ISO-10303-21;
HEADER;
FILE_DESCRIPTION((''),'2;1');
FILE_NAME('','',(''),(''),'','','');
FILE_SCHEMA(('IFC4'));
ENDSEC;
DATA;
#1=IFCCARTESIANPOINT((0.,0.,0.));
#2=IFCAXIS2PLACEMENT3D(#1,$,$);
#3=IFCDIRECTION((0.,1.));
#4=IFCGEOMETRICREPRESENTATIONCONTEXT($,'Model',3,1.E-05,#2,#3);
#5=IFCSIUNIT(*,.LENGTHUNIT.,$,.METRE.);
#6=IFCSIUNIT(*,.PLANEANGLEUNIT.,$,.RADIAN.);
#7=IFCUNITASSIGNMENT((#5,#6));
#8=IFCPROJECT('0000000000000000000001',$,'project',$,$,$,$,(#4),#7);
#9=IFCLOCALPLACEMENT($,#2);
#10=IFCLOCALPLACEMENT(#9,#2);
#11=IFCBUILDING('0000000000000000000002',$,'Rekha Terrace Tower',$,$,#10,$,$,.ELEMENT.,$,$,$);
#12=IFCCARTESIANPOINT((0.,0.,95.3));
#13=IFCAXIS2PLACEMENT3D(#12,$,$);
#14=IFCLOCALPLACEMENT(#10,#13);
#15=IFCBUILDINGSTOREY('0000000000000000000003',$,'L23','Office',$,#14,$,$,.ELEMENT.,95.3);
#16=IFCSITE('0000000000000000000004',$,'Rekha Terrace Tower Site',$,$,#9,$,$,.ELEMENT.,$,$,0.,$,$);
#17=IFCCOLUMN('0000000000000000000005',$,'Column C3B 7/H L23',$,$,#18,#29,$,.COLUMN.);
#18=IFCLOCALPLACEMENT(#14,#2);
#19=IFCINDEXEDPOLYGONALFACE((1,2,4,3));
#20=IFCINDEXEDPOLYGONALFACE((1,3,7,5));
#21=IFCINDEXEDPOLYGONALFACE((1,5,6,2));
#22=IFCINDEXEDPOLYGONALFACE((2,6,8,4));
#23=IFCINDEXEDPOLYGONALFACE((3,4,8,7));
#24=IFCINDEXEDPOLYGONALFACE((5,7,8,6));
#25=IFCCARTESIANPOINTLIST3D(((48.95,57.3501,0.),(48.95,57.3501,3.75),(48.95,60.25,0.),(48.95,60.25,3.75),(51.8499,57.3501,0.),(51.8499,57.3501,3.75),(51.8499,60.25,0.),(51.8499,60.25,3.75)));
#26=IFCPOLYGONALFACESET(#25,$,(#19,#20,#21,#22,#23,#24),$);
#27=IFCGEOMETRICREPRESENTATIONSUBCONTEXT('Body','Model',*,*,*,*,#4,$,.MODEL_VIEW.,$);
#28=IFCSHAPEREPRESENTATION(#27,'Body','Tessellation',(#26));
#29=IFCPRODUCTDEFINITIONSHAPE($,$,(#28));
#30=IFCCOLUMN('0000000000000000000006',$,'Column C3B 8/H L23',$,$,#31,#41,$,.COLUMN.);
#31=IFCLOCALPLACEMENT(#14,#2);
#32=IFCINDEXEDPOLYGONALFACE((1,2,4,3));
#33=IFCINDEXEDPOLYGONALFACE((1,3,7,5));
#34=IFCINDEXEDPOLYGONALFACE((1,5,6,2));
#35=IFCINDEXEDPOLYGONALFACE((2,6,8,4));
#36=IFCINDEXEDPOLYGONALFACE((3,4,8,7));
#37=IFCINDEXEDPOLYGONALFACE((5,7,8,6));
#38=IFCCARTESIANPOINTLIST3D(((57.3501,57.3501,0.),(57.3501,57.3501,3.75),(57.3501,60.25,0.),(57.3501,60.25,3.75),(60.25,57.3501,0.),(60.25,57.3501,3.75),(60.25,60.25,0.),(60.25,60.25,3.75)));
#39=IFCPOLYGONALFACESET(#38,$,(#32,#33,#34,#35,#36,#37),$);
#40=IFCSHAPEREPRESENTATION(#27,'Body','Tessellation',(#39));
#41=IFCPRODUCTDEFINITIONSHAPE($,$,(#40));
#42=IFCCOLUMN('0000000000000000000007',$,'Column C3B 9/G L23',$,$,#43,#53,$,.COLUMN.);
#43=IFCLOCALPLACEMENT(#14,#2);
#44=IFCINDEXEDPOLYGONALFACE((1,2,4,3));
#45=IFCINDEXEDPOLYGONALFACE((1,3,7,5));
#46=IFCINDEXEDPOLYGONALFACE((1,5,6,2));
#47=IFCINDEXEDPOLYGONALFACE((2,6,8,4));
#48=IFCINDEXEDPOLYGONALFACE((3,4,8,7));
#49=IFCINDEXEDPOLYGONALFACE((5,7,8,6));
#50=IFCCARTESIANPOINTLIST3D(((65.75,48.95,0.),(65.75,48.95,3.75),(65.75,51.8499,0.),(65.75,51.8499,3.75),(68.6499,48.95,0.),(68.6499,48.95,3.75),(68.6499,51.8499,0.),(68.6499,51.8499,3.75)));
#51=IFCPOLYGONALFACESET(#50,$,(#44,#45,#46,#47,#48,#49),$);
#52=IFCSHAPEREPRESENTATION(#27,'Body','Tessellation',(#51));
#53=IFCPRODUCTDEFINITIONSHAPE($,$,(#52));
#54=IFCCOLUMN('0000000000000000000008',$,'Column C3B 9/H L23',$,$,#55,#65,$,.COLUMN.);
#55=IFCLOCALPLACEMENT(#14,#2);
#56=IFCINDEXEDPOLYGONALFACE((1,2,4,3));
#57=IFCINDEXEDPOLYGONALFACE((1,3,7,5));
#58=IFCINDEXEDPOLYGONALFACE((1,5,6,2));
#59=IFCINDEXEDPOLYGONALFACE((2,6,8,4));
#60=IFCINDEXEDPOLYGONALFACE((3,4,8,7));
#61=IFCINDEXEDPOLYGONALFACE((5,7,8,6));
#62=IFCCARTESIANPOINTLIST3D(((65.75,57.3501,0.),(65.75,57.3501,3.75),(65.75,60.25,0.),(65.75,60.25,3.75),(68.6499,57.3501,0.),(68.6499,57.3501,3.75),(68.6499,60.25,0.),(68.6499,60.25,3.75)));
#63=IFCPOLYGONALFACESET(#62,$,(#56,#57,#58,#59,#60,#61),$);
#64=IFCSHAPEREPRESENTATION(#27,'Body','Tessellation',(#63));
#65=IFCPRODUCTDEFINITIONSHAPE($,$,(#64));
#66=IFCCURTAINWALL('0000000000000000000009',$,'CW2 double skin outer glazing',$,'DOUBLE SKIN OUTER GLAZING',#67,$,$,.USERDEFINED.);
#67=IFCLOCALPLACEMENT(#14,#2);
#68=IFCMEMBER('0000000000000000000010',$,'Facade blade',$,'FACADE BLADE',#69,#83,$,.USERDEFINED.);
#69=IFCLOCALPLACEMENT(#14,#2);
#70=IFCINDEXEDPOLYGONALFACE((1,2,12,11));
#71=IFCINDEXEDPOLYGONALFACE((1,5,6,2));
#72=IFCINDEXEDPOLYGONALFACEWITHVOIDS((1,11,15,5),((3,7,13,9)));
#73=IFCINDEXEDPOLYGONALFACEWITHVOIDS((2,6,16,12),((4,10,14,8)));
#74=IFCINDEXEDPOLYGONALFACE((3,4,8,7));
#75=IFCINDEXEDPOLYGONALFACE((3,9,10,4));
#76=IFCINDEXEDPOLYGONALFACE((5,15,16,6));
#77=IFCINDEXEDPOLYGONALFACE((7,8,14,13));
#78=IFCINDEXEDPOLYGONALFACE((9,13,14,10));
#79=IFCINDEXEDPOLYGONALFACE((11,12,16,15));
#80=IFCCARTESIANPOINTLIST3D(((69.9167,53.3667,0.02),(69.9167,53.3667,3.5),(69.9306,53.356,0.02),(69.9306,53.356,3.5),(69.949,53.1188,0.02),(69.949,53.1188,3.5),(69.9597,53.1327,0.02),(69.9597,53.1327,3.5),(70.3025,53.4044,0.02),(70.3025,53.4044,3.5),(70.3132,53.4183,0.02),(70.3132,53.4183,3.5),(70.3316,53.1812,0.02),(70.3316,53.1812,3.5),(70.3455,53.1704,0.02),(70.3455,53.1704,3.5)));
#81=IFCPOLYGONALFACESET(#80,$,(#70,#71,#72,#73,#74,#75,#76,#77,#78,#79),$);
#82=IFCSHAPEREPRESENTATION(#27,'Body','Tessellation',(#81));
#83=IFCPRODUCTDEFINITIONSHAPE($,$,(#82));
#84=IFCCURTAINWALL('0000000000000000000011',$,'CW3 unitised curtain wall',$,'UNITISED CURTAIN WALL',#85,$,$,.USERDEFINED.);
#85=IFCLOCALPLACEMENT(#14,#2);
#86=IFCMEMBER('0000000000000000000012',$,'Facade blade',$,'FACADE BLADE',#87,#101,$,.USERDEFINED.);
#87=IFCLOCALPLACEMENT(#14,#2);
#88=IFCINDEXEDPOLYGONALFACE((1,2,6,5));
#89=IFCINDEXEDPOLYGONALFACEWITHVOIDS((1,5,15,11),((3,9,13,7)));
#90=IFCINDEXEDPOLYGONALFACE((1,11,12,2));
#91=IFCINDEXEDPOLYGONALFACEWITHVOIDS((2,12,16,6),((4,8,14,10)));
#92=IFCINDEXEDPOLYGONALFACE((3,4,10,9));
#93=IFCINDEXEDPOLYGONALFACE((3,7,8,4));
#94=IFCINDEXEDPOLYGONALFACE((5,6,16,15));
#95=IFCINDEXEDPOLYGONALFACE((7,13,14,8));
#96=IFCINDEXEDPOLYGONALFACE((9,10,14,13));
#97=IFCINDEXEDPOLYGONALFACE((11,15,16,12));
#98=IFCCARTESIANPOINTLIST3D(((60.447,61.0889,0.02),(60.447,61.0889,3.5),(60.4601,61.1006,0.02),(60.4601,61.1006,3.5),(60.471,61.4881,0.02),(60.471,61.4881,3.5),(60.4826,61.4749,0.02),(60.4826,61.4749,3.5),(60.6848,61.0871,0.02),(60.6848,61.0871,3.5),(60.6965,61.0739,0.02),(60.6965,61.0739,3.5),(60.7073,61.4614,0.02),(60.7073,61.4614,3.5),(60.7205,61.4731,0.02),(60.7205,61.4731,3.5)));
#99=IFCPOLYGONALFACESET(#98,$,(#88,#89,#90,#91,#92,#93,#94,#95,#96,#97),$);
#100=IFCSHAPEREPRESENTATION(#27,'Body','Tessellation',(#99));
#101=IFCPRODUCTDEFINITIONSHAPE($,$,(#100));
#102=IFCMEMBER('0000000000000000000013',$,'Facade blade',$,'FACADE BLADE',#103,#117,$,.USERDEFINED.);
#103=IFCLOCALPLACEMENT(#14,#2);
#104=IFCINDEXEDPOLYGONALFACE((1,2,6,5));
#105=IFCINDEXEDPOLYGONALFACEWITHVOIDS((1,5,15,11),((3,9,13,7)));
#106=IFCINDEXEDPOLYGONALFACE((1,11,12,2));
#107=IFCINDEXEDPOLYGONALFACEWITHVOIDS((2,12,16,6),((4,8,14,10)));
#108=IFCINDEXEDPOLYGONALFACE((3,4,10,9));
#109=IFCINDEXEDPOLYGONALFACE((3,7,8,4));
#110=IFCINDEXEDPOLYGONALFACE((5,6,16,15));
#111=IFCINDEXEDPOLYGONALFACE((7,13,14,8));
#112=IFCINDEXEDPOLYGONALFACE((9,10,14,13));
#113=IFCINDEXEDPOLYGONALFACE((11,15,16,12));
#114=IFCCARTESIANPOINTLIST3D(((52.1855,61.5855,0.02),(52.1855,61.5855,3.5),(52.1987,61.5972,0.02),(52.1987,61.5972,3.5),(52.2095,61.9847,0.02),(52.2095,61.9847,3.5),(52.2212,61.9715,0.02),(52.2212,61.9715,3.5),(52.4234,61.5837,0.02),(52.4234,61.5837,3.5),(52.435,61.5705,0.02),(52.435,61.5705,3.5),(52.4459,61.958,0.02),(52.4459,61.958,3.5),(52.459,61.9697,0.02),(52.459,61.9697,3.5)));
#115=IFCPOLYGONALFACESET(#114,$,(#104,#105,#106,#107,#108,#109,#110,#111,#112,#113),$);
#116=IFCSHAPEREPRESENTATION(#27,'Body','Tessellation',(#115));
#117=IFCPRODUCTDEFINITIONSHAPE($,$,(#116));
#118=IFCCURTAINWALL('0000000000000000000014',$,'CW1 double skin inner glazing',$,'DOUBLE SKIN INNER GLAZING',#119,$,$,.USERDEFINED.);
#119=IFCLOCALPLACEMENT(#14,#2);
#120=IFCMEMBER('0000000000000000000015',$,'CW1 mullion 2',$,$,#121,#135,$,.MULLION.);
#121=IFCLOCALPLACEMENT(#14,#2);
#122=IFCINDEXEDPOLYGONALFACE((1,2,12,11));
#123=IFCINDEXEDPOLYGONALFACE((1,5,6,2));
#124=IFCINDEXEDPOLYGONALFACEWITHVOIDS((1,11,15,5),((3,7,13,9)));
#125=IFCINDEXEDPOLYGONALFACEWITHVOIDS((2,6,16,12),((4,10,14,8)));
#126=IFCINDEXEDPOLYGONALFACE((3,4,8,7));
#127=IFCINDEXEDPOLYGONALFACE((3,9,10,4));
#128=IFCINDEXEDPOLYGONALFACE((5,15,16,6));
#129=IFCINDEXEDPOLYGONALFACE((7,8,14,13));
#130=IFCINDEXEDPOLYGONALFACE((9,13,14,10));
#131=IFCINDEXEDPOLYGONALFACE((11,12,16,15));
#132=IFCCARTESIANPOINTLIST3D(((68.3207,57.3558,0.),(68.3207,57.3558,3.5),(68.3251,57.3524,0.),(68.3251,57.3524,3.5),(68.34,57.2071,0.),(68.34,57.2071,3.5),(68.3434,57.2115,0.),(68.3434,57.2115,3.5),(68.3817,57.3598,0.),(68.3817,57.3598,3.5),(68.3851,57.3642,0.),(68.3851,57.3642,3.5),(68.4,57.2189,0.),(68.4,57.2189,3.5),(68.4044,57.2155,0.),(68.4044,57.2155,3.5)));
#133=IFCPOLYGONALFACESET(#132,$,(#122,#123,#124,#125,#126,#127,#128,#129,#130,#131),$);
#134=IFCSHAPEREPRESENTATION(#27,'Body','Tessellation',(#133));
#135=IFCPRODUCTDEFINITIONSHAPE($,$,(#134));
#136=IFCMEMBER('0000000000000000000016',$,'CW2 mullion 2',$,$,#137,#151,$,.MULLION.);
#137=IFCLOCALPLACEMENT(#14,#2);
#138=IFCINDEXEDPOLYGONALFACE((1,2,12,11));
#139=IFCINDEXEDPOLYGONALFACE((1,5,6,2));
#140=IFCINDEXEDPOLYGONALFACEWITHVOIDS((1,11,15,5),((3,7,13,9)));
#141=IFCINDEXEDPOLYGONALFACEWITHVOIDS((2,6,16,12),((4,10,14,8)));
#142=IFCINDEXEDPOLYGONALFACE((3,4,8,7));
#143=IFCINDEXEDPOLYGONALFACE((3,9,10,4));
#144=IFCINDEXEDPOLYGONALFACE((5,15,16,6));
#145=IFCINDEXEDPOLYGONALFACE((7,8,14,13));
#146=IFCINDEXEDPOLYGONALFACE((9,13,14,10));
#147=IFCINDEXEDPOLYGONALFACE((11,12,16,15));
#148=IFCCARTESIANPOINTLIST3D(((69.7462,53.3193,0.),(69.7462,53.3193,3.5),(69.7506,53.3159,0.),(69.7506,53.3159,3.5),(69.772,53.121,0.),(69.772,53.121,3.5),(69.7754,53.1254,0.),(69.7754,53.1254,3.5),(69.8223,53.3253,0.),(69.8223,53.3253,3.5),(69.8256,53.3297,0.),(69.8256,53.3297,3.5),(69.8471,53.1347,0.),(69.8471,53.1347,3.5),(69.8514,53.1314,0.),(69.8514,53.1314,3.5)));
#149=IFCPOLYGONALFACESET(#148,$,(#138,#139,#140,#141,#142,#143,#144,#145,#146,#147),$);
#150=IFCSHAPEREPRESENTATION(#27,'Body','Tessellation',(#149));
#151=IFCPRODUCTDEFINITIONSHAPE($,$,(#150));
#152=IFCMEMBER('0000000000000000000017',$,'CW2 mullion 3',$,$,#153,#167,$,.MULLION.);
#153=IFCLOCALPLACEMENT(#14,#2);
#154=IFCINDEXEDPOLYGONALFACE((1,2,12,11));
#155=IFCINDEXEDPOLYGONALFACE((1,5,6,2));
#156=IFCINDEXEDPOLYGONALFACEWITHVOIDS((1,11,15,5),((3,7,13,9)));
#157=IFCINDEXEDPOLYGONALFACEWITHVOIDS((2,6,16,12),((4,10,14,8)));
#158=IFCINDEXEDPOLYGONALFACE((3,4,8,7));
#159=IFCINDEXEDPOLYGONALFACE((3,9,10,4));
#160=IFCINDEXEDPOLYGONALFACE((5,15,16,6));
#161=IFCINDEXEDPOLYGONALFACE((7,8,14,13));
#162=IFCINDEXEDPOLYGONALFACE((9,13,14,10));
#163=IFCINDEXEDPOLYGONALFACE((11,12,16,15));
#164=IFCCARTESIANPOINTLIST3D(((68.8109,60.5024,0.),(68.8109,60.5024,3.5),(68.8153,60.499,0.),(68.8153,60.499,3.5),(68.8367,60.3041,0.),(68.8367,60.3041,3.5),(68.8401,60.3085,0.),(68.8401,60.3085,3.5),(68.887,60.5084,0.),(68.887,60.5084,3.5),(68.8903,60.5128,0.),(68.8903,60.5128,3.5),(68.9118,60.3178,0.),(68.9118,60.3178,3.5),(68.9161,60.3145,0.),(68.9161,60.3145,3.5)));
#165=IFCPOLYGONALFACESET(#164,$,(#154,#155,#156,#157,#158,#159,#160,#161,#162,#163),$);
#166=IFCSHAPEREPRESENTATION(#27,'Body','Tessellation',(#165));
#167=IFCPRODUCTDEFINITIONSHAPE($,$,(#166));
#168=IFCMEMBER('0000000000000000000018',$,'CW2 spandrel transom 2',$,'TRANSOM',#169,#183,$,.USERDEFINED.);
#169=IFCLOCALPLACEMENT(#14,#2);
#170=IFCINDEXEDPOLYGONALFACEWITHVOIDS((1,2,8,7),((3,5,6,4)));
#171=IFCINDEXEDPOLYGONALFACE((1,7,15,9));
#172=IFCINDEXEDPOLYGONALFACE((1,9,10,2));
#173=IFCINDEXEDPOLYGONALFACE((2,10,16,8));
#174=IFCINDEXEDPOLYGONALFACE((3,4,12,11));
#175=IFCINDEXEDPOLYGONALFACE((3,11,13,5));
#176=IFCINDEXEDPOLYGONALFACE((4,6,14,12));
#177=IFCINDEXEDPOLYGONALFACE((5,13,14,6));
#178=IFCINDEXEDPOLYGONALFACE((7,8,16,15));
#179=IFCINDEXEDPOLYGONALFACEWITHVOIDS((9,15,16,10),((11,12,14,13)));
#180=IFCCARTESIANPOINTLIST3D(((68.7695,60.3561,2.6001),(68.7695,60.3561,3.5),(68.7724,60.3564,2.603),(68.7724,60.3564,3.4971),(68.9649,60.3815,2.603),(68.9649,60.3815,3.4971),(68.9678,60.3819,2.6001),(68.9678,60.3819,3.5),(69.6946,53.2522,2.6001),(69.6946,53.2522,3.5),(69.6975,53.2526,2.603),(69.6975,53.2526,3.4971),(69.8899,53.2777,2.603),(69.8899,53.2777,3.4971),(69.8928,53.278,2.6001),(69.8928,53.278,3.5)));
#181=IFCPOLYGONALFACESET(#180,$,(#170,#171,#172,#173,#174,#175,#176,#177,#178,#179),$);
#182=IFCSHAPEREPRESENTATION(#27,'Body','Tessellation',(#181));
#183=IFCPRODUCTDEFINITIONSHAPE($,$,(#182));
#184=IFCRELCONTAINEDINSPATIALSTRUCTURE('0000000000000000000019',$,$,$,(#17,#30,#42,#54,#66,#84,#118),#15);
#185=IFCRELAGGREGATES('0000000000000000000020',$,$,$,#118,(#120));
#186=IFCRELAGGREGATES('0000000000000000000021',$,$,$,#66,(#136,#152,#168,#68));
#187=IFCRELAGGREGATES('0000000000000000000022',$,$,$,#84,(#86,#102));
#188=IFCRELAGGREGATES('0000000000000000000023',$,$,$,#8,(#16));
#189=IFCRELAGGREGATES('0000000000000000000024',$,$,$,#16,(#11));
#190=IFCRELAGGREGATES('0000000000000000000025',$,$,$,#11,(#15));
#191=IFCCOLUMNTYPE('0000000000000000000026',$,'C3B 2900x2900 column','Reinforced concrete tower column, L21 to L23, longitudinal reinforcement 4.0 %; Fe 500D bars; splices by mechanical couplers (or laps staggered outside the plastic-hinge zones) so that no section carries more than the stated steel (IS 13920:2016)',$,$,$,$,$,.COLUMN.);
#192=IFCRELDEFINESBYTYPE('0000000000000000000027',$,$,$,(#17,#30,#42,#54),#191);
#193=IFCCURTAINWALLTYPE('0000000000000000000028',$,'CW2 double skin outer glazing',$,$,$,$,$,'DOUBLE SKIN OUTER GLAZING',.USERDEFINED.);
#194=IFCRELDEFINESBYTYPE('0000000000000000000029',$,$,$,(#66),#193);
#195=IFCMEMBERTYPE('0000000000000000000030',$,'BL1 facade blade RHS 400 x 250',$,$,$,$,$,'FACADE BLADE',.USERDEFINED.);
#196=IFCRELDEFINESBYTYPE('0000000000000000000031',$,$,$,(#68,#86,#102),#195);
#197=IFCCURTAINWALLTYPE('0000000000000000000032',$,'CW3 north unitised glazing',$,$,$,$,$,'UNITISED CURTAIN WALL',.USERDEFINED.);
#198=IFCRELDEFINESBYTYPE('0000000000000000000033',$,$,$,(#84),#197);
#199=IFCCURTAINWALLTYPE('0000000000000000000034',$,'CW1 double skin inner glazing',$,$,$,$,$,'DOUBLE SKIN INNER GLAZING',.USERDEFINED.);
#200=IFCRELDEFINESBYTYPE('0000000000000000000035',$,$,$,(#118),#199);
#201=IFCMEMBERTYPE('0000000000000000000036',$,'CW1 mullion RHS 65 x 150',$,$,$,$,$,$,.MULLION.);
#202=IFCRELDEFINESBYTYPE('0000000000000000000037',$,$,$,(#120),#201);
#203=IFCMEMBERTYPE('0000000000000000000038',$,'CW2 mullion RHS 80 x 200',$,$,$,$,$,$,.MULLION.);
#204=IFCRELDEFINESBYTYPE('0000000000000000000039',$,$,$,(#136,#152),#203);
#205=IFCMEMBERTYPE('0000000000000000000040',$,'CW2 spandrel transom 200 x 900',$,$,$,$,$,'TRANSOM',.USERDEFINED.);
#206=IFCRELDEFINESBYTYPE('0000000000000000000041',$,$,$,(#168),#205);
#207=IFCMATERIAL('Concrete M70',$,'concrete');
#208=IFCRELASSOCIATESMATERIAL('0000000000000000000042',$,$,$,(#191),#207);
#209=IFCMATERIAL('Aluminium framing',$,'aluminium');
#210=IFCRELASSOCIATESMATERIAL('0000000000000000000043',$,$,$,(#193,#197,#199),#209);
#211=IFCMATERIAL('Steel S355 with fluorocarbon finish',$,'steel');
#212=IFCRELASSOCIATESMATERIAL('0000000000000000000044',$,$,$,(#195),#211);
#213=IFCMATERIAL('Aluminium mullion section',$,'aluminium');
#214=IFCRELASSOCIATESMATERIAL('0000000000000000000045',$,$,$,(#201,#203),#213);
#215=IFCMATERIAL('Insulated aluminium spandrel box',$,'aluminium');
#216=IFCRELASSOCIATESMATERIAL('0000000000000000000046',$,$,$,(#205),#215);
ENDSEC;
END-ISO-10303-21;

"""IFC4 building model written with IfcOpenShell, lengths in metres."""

from ifc_helpers import new_model, si_unit, direction, frame, origin, origin_2d, place, context, subcontext, project, spatial, rectangle, hollow_rectangle, extrude, material, material_profile, profile_set, type_object, element, aggregate, save


model = new_model("IFC4")

# Units and contexts
model_context = context("Model", 3, precision=1e-05, world=origin(), true_north=direction((0.0, 1.0)))
body_context = subcontext(model_context, "Body", "Model", "MODEL_VIEW")
ifc_project = project(units=[si_unit("LENGTHUNIT", "METRE"), si_unit("PLANEANGLEUNIT", "RADIAN")], contexts=[model_context])

# Site, building, storey
site_placement = place(None, origin())
site = spatial("IfcSite", under=ifc_project, at=site_placement, Name="Rekha Terrace Tower Site", CompositionType="ELEMENT", RefElevation=0.0)
building_placement = place(site_placement, origin())
building = spatial("IfcBuilding", under=site, at=building_placement, Name="Rekha Terrace Tower", CompositionType="ELEMENT")
storey_placement = place(building_placement, frame((0.0, 0.0, 95.3)))
storey = spatial("IfcBuildingStorey", under=building, at=storey_placement, Name="L23", Description="Office", CompositionType="ELEMENT", Elevation=95.3)

# Columns
ifc_material_1 = material(Name="Concrete M70", Category="concrete")
ifc_material_profile_1 = material_profile(ifc_material_1, rectangle(XDim=2.8999, YDim=2.8999, at=origin_2d()), Name="RC 2900x2900")
ifc_profile_set_1 = profile_set([ifc_material_profile_1], Name="Concrete M70")
column_type = type_object("IfcColumnType", Name="C3B 2900x2900 column", Description="Reinforced concrete tower column, L21 to L23, longitudinal reinforcement 4.0 %; Fe 500D bars; splices by mechanical couplers (or laps staggered outside the plastic-hinge zones) so that no section carries more than the stated steel (IS 13920:2016)", PredefinedType="COLUMN", material=ifc_profile_set_1)
for number, where, z_axis, x_axis, name in (
    (1, (50.3999, 58.8, 0.0), (0.0, 0.0, 1.0), (1.0, 0.0, 0.0), "Column C3B 7/H L23"),
    (2, (58.8, 58.8, 0.0), (0.0, 0.0, 1.0), (1.0, 0.0, 0.0), "Column C3B 8/H L23"),
    (3, (67.2, 50.3999, 0.0), (0.0, 0.0, 1.0), (1.0, 0.0, 0.0), "Column C3B 9/G L23"),
    (4, (67.2, 58.8, 0.0), (0.0, 0.0, 1.0), (1.0, 0.0, 0.0), "Column C3B 9/H L23"),
):
    element("IfcColumn", number, at=place(storey_placement, frame(where, z_axis=z_axis, x_axis=x_axis)), inside=storey, type_object=column_type, Name=name, PredefinedType="COLUMN", context=body_context, shape_type="SweptSolid", body=[
        extrude(rectangle(XDim=2.8999, YDim=2.8999, at=origin_2d()), origin(), (0.0, 0.0, 1.0), 3.75),
    ])

# Curtain wall, member
ifc_material_2 = material(Name="Aluminium framing", Category="aluminium")
curtain_wall_type_1 = type_object("IfcCurtainWallType", Name="CW2 double skin outer glazing", ElementType="DOUBLE SKIN OUTER GLAZING", PredefinedType="USERDEFINED", material=ifc_material_2)
curtain_wall_1_placement = place(storey_placement, origin())
curtain_wall_1 = element("IfcCurtainWall", 5, at=curtain_wall_1_placement, inside=storey, type_object=curtain_wall_type_1, Name="CW2 double skin outer glazing", ObjectType="DOUBLE SKIN OUTER GLAZING", PredefinedType="USERDEFINED")
ifc_material_3 = material(Name="Steel S355 with fluorocarbon finish", Category="steel")
ifc_material_profile_2 = material_profile(ifc_material_3, hollow_rectangle(XDim=0.25, YDim=0.3999, WallThickness=0.0125, at=origin_2d()), Name="RHS400x250x12.5")
ifc_profile_set_2 = profile_set([ifc_material_profile_2], Name="Steel S355 with fluorocarbon finish")
member_type_1 = type_object("IfcMemberType", Name="BL1 facade blade RHS 400 x 250", ElementType="FACADE BLADE", PredefinedType="USERDEFINED", material=ifc_profile_set_2)
member_1_placement = place(storey_placement, frame((70.1311, 53.2686, 0.02), z_axis=(0.0, 0.0, 1.0), x_axis=(-0.129119, 0.991629, 0.0)))
member_1 = element("IfcMember", 6, at=member_1_placement, type_object=member_type_1, Name="Facade blade", ObjectType="FACADE BLADE", PredefinedType="USERDEFINED", context=body_context, shape_type="SweptSolid", body=[
    extrude(hollow_rectangle(XDim=0.25, YDim=0.3999, WallThickness=0.0125, at=origin_2d()), origin(), (0.0, 0.0, 1.0), 3.48),
])

# Curtain wall, members
curtain_wall_type_2 = type_object("IfcCurtainWallType", Name="CW3 north unitised glazing", ElementType="UNITISED CURTAIN WALL", PredefinedType="USERDEFINED", material=ifc_material_2)
curtain_wall_2_placement = place(storey_placement, origin())
curtain_wall_2 = element("IfcCurtainWall", 7, at=curtain_wall_2_placement, inside=storey, type_object=curtain_wall_type_2, Name="CW3 unitised curtain wall", ObjectType="UNITISED CURTAIN WALL", PredefinedType="USERDEFINED")
member_2_placement = place(storey_placement, frame((60.5837, 61.281, 0.02), z_axis=(0.0, 0.0, 1.0), x_axis=(-0.998199, 0.059988, 0.0)))
member_2 = element("IfcMember", 8, at=member_2_placement, type_object=member_type_1, Name="Facade blade", ObjectType="FACADE BLADE", PredefinedType="USERDEFINED", context=body_context, shape_type="SweptSolid", body=[
    extrude(hollow_rectangle(XDim=0.25, YDim=0.3999, WallThickness=0.0125, at=origin_2d()), origin(), (0.0, 0.0, 1.0), 3.48),
])
member_3_placement = place(storey_placement, frame((52.3223, 61.7776, 0.02), z_axis=(0.0, 0.0, 1.0), x_axis=(-0.998199, 0.059988, 0.0)))
member_3 = element("IfcMember", 9, at=member_3_placement, type_object=member_type_1, Name="Facade blade", ObjectType="FACADE BLADE", PredefinedType="USERDEFINED", context=body_context, shape_type="SweptSolid", body=[
    extrude(hollow_rectangle(XDim=0.25, YDim=0.3999, WallThickness=0.0125, at=origin_2d()), origin(), (0.0, 0.0, 1.0), 3.48),
])

# Curtain wall, member
curtain_wall_type_3 = type_object("IfcCurtainWallType", Name="CW1 double skin inner glazing", ElementType="DOUBLE SKIN INNER GLAZING", PredefinedType="USERDEFINED", material=ifc_material_2)
curtain_wall_3_placement = place(storey_placement, origin())
curtain_wall_3 = element("IfcCurtainWall", 10, at=curtain_wall_3_placement, inside=storey, type_object=curtain_wall_type_3, Name="CW1 double skin inner glazing", ObjectType="DOUBLE SKIN INNER GLAZING", PredefinedType="USERDEFINED")
ifc_material_4 = material(Name="Aluminium mullion section", Category="aluminium")
ifc_material_profile_3 = material_profile(ifc_material_4, hollow_rectangle(XDim=0.0649, YDim=0.1499, WallThickness=0.0039, at=origin_2d()), Name="AL RHS 65x150")
ifc_profile_set_3 = profile_set([ifc_material_profile_3], Name="Aluminium mullion section")
member_type_2 = type_object("IfcMemberType", Name="CW1 mullion RHS 65 x 150", PredefinedType="MULLION", material=ifc_profile_set_3)
member_4_placement = place(storey_placement, frame((68.3625, 57.2856, 0.0), z_axis=(0.0, 0.0, 1.0), x_axis=(-0.991629, -0.129118, 0.0)))
member_4 = element("IfcMember", 11, at=member_4_placement, type_object=member_type_2, Name="CW1 mullion 2", PredefinedType="MULLION", context=body_context, shape_type="SweptSolid", body=[
    extrude(hollow_rectangle(XDim=0.0649, YDim=0.1499, WallThickness=0.0039, at=origin_2d()), origin(), (0.0, 0.0, 1.0), 3.5),
])

# Members
ifc_material_profile_4 = material_profile(ifc_material_4, hollow_rectangle(XDim=0.0801, YDim=0.2, WallThickness=0.0039, at=origin_2d()), Name="AL RHS 80x200")
ifc_profile_set_4 = profile_set([ifc_material_profile_4], Name="Aluminium mullion section")
member_type_3 = type_object("IfcMemberType", Name="CW2 mullion RHS 80 x 200", PredefinedType="MULLION", material=ifc_profile_set_4)
member_5_placement = place(storey_placement, frame((69.7988, 53.2253, 0.0), z_axis=(0.0, 0.0, 1.0), x_axis=(-0.991629, -0.129118, 0.0)))
member_5 = element("IfcMember", 12, at=member_5_placement, type_object=member_type_3, Name="CW2 mullion 2", PredefinedType="MULLION", context=body_context, shape_type="SweptSolid", body=[
    extrude(hollow_rectangle(XDim=0.0801, YDim=0.2, WallThickness=0.0039, at=origin_2d()), origin(), (0.0, 0.0, 1.0), 3.5),
])
member_6_placement = place(storey_placement, frame((68.8635, 60.4084, 0.0), z_axis=(0.0, 0.0, 1.0), x_axis=(-0.991629, -0.129118, 0.0)))
member_6 = element("IfcMember", 13, at=member_6_placement, type_object=member_type_3, Name="CW2 mullion 3", PredefinedType="MULLION", context=body_context, shape_type="SweptSolid", body=[
    extrude(hollow_rectangle(XDim=0.0801, YDim=0.2, WallThickness=0.0039, at=origin_2d()), origin(), (0.0, 0.0, 1.0), 3.5),
])
ifc_material_5 = material(Name="Insulated aluminium spandrel box", Category="aluminium")
ifc_material_profile_5 = material_profile(ifc_material_5, hollow_rectangle(XDim=0.2, YDim=0.8999, WallThickness=0.0029, at=origin_2d()), Name="AL SPANDREL BOX 200x900")
ifc_profile_set_5 = profile_set([ifc_material_profile_5], Name="Insulated aluminium spandrel box")
member_type_4 = type_object("IfcMemberType", Name="CW2 spandrel transom 200 x 900", ElementType="TRANSOM", PredefinedType="USERDEFINED", material=ifc_profile_set_5)
member_7_placement = place(storey_placement, frame((69.7937, 53.2651, 3.05), z_axis=(-0.129129, 0.991628, 0.0), x_axis=(-0.991628, -0.129129, 0.0)))
member_7 = element("IfcMember", 14, at=member_7_placement, type_object=member_type_4, Name="CW2 spandrel transom 2", ObjectType="TRANSOM", PredefinedType="USERDEFINED", context=body_context, shape_type="SweptSolid", body=[
    extrude(hollow_rectangle(XDim=0.2, YDim=0.8999, WallThickness=0.0029, at=origin_2d()), origin(), (0.0, 0.0, 1.0), 7.1638),
])

aggregate(curtain_wall_3, [member_4])
aggregate(curtain_wall_1, [member_5, member_6, member_7, member_1])
aggregate(curtain_wall_2, [member_2, member_3])

save(model, "model.ifc")
